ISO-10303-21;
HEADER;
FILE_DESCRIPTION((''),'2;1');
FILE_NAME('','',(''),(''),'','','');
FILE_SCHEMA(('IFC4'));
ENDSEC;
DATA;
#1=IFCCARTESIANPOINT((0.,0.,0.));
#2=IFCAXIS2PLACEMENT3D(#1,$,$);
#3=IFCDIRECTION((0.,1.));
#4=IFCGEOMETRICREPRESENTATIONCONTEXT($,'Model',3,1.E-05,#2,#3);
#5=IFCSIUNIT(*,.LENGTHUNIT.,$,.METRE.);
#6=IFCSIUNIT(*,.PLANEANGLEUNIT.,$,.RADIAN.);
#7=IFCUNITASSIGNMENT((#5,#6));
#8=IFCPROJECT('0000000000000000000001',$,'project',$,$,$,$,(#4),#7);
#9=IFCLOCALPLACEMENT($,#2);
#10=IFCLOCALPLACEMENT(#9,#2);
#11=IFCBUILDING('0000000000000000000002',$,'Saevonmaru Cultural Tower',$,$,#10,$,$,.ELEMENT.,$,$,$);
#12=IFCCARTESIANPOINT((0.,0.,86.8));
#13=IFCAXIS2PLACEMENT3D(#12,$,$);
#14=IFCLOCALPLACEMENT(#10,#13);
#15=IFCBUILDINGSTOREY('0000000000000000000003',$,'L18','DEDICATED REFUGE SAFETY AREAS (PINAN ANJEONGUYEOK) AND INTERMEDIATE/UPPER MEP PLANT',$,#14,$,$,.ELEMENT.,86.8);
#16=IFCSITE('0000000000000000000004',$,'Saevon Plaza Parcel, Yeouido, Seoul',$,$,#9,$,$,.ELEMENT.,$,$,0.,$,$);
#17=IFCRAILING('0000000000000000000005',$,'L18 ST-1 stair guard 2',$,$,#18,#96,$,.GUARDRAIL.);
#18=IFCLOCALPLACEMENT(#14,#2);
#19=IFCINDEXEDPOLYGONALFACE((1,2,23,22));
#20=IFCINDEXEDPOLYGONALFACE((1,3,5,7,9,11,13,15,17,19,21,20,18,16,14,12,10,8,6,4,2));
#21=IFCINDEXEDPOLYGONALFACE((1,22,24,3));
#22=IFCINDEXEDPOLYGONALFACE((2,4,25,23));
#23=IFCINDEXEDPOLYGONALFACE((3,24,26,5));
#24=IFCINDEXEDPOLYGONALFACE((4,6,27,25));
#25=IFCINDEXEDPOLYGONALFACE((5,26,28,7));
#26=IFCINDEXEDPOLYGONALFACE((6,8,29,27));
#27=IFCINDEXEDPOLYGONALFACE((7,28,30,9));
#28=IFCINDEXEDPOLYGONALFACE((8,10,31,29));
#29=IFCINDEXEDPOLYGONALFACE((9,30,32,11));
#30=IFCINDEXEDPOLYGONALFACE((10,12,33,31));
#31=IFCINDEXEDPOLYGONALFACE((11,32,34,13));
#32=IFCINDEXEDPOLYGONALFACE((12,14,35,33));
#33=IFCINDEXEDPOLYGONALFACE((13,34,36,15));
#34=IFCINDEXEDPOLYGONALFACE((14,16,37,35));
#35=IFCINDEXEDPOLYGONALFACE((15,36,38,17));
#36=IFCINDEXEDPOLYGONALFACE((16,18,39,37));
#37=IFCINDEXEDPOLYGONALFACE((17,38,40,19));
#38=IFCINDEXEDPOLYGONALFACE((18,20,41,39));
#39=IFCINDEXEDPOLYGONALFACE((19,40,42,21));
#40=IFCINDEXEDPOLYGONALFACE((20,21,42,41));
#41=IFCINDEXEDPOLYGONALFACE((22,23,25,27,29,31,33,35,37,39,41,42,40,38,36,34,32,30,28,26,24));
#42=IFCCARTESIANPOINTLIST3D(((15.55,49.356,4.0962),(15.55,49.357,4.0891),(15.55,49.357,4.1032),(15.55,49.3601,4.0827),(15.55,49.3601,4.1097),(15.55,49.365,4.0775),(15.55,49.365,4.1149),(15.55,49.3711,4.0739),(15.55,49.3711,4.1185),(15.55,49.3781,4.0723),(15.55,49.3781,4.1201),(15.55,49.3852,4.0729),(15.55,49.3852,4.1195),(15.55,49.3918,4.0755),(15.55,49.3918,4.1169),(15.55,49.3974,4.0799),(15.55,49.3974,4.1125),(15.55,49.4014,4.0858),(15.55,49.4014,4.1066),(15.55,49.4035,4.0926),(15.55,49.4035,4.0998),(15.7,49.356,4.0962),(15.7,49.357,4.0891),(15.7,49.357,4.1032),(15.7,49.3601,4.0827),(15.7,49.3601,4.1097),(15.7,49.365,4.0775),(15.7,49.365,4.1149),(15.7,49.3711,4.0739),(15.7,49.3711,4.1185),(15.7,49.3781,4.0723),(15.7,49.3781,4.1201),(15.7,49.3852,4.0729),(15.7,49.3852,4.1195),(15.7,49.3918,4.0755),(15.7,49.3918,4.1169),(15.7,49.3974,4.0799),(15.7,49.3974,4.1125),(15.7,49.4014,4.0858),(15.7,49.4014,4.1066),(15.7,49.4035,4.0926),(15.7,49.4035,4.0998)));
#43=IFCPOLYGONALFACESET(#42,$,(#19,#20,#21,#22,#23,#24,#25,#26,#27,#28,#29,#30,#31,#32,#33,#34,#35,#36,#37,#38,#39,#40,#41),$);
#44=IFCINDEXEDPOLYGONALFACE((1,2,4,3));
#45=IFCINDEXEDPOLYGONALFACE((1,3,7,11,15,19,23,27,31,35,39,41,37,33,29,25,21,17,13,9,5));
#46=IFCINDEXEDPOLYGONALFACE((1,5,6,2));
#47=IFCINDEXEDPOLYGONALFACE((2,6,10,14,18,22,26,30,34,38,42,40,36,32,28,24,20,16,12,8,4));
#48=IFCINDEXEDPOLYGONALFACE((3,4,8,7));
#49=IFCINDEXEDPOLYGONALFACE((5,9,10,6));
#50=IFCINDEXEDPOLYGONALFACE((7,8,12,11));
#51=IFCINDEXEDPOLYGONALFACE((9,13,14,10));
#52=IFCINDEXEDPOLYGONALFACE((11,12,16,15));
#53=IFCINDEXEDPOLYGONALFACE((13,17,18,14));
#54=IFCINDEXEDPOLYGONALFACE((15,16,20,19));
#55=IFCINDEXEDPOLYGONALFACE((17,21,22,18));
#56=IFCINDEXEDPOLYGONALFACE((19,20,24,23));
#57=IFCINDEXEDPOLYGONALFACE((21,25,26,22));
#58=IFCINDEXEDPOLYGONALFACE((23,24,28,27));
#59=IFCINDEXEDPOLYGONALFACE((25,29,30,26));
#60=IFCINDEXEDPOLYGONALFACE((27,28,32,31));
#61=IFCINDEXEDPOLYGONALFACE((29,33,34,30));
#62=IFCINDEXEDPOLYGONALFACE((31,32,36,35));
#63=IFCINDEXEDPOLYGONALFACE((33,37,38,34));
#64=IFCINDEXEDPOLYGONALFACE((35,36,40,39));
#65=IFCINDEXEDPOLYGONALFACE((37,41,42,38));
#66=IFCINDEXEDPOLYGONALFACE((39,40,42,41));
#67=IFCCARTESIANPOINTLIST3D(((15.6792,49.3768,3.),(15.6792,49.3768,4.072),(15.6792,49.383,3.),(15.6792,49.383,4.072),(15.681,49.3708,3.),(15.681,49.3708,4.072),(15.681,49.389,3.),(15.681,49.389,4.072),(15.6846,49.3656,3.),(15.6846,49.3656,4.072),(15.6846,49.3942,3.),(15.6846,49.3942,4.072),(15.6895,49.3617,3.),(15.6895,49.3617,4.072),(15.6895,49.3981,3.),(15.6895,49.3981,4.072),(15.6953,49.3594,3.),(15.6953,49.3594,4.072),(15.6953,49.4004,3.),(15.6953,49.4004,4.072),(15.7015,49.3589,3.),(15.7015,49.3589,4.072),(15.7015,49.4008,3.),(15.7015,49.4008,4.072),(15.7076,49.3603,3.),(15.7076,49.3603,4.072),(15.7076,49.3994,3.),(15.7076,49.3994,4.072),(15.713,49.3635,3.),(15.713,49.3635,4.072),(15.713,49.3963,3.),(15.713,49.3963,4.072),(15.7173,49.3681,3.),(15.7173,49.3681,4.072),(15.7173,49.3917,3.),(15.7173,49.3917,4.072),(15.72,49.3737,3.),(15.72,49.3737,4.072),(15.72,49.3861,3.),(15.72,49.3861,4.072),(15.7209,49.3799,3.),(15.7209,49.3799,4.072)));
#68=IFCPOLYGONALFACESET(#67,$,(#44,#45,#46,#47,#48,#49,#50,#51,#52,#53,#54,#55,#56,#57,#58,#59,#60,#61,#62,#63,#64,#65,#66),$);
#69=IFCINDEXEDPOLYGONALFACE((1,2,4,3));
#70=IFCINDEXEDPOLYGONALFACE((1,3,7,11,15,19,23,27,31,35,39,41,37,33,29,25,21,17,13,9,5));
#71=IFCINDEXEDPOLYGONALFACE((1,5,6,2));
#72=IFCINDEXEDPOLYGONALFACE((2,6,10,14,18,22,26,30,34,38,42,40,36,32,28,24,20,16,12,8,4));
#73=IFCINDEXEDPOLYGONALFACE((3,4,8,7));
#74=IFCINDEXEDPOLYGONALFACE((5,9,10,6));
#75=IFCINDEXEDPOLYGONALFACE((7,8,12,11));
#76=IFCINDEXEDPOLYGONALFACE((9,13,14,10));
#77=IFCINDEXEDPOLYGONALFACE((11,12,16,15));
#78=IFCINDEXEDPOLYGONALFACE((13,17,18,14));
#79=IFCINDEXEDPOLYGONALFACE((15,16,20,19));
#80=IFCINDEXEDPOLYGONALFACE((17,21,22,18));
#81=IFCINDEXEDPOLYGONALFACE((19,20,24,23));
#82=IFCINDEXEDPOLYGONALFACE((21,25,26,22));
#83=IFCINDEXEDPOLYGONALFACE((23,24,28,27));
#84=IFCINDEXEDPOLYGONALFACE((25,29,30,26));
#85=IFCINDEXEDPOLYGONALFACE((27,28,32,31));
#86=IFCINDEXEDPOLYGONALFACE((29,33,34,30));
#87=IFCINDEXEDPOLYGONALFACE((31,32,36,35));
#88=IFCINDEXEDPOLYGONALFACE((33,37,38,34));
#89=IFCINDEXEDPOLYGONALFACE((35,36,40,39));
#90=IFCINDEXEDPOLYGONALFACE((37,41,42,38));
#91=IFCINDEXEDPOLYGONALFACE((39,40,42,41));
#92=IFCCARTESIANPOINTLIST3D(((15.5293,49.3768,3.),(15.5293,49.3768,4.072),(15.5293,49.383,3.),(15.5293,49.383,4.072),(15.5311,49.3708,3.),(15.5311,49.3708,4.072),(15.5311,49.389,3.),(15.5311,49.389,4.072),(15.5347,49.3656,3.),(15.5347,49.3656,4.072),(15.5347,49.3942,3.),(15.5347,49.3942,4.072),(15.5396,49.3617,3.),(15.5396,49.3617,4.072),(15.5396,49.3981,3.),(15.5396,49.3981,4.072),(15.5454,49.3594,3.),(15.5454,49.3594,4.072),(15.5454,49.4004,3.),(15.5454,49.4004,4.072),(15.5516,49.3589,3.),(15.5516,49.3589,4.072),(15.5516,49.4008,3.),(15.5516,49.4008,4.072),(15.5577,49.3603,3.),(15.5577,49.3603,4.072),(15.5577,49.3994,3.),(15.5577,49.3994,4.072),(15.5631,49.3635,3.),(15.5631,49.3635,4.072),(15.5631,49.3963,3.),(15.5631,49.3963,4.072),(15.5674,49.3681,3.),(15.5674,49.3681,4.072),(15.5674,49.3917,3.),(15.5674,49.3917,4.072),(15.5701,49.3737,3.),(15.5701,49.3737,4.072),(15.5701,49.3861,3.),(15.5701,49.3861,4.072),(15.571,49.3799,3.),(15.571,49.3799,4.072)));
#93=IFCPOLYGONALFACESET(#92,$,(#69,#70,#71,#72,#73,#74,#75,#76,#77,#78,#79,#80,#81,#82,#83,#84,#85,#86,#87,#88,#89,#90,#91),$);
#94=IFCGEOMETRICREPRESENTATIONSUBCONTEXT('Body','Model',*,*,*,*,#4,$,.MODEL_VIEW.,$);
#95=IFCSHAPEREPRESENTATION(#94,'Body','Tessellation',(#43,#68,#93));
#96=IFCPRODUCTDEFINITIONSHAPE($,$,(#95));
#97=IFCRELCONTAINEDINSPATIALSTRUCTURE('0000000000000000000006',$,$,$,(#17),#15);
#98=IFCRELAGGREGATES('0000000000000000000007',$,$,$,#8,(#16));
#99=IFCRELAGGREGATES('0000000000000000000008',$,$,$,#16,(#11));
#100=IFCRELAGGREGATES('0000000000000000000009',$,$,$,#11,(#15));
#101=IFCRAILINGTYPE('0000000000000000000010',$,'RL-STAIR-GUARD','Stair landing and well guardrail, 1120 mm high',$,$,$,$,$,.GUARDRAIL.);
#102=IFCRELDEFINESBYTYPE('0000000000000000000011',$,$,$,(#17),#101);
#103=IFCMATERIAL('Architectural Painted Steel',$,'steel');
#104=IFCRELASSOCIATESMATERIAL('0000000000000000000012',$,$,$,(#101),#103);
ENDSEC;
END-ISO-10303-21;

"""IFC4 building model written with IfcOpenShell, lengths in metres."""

from ifc_helpers import new_model, si_unit, direction, frame, origin, origin_2d, place, context, subcontext, project, spatial, circle, extrude, material, type_object, element, save


model = new_model("IFC4")

# Units and contexts
model_context = context("Model", 3, precision=1e-05, world=origin(), true_north=direction((0.0, 1.0)))
body_context = subcontext(model_context, "Body", "Model", "MODEL_VIEW")
ifc_project = project(units=[si_unit("LENGTHUNIT", "METRE"), si_unit("PLANEANGLEUNIT", "RADIAN")], contexts=[model_context])

# Site, building, storey
site_placement = place(None, origin())
site = spatial("IfcSite", under=ifc_project, at=site_placement, Name="Saevon Plaza Parcel, Yeouido, Seoul", CompositionType="ELEMENT", RefElevation=0.0)
building_placement = place(site_placement, origin())
building = spatial("IfcBuilding", under=site, at=building_placement, Name="Saevonmaru Cultural Tower", CompositionType="ELEMENT")
storey_placement = place(building_placement, frame((0.0, 0.0, 86.8)))
storey = spatial("IfcBuildingStorey", under=building, at=storey_placement, Name="L18", Description="DEDICATED REFUGE SAFETY AREAS (PINAN ANJEONGUYEOK) AND INTERMEDIATE/UPPER MEP PLANT", CompositionType="ELEMENT", Elevation=86.8)

# Railing
ifc_material_1 = material(Name="Architectural Painted Steel", Category="steel")
railing_type_1 = type_object("IfcRailingType", Name="RL-STAIR-GUARD", Description="Stair landing and well guardrail, 1120 mm high", PredefinedType="GUARDRAIL", material=ifc_material_1)
railing_1_placement = place(storey_placement, frame((15.7, 49.3799, 3.0)))
element("IfcRailing", 1, at=railing_1_placement, inside=storey, type_object=railing_type_1, Name="L18 ST-1 stair guard 2", PredefinedType="GUARDRAIL", context=body_context, shape_type="SweptSolid", body=[
    extrude(circle(Radius=0.0239, at=origin_2d()), frame((0.0, 0.0, 1.0962), z_axis=(-1.0, 0.0, 0.0), x_axis=(0.0, -1.0, 0.0)), (0.0, 0.0, 1.0), 0.1499),
    extrude(circle(Radius=0.021, at=origin_2d()), origin(), (0.0, 0.0, 1.0), 1.072),
    extrude(circle(Radius=0.021, at=origin_2d()), frame((-0.1499, 0.0, 0.0)), (0.0, 0.0, 1.0), 1.072),
])

save(model, "model.ifc")
